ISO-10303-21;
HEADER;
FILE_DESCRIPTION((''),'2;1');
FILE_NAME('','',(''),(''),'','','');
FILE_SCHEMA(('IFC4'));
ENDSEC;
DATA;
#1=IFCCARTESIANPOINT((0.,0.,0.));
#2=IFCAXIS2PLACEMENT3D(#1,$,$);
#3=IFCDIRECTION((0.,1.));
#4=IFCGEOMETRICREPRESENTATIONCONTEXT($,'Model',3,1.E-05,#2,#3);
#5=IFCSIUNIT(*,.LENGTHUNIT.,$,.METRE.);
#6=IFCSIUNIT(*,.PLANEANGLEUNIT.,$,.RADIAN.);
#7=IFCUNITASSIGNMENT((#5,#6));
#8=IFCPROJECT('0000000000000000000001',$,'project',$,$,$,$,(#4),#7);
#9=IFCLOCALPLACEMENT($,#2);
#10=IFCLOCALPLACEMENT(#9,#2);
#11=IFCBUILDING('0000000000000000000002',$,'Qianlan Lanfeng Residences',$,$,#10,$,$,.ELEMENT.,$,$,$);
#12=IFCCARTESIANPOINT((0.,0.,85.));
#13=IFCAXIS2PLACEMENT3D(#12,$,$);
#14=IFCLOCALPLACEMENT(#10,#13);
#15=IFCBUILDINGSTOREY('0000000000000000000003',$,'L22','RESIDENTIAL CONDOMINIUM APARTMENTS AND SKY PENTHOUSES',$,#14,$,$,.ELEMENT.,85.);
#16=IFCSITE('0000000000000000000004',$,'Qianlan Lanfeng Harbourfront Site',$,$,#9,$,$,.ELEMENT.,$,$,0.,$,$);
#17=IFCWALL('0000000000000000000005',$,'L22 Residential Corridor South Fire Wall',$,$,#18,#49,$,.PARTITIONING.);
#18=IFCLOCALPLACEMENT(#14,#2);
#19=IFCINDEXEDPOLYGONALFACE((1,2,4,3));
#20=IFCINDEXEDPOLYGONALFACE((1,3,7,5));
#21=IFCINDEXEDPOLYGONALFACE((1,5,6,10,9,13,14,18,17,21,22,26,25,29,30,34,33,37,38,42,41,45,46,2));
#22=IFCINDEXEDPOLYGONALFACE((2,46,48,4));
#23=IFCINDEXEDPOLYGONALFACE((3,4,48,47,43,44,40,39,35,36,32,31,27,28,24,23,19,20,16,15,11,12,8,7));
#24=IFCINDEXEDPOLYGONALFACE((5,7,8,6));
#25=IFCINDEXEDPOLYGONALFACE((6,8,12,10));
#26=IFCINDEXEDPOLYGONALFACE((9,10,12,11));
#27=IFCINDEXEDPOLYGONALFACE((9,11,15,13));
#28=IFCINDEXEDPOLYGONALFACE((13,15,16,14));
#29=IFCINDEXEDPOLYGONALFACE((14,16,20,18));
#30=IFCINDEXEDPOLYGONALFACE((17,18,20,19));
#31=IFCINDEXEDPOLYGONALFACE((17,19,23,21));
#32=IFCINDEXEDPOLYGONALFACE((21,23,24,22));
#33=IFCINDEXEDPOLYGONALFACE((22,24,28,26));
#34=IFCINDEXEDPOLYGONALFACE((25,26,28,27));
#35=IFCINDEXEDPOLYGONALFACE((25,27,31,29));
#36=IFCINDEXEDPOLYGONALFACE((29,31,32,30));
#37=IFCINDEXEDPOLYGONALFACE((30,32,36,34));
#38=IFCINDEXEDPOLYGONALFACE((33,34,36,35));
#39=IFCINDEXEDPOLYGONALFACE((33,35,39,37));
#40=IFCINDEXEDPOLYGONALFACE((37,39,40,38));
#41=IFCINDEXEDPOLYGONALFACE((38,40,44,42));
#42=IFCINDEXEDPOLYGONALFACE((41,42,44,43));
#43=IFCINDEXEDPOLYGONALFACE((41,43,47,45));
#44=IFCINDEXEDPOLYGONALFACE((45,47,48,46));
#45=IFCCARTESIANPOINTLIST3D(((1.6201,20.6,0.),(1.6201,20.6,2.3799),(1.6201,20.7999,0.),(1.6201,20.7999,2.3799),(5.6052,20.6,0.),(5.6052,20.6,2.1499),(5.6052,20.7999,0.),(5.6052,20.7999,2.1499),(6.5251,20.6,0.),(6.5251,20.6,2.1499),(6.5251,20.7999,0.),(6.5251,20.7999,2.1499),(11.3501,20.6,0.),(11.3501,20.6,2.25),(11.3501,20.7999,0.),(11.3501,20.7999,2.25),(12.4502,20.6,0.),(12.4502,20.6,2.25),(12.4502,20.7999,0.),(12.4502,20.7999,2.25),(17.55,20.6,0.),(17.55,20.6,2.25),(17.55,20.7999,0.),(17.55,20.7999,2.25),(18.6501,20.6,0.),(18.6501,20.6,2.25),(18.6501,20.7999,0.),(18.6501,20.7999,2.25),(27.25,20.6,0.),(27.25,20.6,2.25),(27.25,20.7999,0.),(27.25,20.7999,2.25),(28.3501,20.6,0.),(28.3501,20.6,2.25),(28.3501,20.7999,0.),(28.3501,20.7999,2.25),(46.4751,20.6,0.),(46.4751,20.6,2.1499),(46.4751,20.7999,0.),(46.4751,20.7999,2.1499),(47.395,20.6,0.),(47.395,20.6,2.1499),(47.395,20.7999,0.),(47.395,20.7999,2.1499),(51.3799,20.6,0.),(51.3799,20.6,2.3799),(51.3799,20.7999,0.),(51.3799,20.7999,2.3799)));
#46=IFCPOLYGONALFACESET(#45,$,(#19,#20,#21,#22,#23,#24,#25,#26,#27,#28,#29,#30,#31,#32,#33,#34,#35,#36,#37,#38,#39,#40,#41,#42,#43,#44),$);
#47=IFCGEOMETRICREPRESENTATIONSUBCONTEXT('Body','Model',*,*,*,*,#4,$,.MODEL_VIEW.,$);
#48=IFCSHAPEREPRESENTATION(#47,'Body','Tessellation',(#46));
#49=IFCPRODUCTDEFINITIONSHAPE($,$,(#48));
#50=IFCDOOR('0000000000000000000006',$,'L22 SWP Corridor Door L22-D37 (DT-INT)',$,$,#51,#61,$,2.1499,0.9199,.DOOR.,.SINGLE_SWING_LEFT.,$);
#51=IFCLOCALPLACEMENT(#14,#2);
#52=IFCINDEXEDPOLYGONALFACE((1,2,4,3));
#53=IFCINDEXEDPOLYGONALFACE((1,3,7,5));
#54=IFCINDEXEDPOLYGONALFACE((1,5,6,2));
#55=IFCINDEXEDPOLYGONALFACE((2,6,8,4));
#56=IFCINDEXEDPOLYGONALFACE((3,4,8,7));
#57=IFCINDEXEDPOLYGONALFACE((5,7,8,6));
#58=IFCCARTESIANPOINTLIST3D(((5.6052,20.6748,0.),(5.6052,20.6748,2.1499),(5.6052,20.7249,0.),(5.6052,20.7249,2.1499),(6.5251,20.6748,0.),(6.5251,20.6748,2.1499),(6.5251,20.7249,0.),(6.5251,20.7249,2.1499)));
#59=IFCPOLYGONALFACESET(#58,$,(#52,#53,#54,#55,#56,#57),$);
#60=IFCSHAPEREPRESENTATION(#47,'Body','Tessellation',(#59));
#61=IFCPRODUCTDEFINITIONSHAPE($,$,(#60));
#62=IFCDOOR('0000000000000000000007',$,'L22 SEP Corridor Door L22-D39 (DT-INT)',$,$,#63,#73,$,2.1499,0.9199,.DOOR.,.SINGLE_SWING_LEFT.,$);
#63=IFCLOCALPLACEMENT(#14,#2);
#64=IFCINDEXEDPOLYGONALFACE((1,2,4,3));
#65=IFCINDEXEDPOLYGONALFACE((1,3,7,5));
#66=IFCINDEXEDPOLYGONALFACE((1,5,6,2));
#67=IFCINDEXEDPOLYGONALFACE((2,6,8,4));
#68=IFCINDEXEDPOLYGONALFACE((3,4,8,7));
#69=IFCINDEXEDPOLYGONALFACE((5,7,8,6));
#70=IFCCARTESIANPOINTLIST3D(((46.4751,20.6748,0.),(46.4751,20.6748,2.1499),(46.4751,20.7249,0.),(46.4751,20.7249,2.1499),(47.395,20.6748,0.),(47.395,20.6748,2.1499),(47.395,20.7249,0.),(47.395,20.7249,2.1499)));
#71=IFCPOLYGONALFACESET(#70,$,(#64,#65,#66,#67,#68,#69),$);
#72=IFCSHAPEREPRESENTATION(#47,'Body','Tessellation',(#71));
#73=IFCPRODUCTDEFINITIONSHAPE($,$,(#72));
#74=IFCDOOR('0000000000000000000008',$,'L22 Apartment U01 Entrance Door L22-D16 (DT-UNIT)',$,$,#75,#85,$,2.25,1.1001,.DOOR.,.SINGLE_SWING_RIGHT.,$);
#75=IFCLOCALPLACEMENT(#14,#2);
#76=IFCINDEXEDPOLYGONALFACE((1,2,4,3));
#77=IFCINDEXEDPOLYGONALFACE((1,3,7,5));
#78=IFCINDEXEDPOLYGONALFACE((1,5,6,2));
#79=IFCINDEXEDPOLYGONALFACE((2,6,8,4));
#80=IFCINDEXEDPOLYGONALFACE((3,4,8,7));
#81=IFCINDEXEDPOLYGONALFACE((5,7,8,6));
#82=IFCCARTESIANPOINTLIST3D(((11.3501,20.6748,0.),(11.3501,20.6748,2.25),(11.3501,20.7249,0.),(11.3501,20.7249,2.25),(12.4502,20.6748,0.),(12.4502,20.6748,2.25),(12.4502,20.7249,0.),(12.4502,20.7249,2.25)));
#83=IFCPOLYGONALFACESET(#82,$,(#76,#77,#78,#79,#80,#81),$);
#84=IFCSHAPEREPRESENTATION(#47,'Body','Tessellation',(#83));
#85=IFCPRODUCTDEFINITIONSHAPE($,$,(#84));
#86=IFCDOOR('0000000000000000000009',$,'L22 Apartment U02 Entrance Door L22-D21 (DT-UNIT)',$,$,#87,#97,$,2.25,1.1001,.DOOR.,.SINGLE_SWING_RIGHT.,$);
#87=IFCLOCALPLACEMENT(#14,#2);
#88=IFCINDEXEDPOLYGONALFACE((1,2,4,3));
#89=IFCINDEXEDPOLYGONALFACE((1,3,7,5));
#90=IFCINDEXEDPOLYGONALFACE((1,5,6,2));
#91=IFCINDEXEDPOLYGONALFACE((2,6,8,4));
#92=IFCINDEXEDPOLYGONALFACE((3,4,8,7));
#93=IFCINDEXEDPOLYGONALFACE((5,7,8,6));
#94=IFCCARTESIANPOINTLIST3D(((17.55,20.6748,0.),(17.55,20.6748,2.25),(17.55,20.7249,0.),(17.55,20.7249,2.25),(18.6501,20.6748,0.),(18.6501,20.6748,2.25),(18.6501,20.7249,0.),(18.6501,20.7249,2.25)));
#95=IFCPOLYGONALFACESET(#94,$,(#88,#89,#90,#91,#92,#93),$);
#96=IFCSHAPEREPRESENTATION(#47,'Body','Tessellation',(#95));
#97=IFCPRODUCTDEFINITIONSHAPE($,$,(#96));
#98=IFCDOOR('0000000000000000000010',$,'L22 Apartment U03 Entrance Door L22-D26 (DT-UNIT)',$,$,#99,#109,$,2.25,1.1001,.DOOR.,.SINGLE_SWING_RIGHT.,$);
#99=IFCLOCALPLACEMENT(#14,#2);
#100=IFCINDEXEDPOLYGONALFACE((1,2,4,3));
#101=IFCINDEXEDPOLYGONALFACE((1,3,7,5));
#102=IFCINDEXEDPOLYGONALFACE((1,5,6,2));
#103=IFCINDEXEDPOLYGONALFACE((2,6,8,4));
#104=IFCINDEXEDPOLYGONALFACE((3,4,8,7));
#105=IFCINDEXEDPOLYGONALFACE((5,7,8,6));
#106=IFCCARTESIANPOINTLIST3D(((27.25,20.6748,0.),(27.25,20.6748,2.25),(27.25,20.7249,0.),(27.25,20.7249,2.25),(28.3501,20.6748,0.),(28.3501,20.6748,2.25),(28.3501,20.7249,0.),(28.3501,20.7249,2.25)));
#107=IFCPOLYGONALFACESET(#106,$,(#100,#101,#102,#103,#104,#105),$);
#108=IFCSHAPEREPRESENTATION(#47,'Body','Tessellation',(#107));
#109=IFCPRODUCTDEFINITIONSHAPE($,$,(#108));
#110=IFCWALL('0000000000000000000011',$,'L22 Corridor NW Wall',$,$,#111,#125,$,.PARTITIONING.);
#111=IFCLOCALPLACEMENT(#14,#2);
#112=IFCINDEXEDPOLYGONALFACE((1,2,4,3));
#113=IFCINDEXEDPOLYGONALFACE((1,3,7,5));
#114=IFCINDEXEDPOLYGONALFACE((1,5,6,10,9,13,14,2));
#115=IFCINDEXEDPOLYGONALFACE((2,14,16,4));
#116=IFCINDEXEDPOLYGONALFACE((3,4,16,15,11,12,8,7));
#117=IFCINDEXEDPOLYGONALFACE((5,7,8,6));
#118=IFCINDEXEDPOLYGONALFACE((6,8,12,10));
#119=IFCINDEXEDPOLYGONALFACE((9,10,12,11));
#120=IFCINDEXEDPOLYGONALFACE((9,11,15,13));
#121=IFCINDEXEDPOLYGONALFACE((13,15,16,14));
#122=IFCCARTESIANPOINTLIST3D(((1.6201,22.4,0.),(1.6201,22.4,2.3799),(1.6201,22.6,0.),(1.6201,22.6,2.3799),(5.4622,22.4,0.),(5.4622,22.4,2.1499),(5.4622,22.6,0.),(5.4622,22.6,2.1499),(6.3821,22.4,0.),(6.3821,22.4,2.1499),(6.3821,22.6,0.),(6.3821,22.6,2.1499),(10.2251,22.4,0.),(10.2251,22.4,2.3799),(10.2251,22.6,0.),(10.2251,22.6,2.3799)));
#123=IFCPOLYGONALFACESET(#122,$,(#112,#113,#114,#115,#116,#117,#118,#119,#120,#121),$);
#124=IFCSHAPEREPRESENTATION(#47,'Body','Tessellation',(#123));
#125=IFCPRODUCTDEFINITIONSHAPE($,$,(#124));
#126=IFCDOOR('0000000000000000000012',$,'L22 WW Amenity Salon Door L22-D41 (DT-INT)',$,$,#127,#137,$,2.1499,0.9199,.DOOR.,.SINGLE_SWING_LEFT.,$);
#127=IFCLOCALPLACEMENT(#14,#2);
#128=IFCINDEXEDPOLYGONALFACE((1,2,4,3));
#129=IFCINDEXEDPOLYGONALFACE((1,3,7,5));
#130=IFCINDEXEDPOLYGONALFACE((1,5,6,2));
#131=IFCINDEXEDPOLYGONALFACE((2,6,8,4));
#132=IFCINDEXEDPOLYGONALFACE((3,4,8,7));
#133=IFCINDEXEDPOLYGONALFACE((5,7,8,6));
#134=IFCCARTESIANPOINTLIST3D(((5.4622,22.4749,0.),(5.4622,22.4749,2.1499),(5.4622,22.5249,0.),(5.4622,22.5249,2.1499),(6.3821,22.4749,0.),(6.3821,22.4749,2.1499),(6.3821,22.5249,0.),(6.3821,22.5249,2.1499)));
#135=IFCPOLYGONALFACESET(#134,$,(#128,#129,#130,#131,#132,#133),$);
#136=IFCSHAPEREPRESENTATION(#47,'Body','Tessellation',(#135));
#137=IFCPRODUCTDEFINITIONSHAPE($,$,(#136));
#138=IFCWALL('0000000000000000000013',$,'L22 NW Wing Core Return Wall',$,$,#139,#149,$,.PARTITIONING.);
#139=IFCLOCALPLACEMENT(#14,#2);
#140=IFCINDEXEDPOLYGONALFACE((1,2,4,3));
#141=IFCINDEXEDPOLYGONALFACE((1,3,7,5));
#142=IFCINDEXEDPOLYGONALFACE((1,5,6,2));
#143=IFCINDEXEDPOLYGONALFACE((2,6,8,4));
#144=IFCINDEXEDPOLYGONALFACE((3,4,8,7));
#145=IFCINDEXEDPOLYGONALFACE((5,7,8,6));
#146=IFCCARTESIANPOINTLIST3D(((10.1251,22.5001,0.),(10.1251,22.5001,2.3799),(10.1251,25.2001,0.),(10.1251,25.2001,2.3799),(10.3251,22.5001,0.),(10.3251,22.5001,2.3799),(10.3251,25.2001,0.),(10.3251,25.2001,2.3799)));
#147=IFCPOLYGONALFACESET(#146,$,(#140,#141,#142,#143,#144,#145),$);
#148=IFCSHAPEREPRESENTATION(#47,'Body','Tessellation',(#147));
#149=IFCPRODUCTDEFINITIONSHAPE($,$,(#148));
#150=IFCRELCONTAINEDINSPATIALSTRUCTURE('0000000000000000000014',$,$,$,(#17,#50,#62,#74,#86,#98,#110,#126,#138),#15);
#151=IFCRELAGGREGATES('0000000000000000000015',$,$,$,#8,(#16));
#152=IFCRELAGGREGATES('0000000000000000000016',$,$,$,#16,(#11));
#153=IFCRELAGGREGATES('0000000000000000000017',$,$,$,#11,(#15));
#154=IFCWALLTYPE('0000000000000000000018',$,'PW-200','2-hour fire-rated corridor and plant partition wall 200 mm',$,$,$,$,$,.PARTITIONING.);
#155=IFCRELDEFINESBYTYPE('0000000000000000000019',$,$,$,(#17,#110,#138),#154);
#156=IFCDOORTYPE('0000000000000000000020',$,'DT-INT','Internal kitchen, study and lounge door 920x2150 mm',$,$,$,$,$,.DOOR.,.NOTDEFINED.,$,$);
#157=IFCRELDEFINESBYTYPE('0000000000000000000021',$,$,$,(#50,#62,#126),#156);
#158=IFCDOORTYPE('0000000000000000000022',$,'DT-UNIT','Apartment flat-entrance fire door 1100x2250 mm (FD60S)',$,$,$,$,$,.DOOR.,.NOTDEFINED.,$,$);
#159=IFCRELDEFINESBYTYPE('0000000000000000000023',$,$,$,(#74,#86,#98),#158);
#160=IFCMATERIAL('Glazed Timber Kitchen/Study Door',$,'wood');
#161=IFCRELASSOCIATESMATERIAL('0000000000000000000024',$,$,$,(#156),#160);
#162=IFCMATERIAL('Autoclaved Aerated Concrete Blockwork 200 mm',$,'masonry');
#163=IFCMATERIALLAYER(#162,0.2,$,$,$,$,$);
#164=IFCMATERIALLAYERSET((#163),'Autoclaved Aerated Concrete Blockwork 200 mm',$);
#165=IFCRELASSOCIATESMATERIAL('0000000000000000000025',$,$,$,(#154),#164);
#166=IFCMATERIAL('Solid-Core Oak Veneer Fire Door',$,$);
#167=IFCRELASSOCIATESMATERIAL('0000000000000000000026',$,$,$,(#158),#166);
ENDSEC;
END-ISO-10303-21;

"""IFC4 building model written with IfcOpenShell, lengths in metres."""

from ifc_helpers import new_model, si_unit, direction, frame, frame_2d, origin, place, context, subcontext, project, spatial, rectangle, extrude, material, layer, layer_set, type_object, element, fill, save


model = new_model("IFC4")

# Units and contexts
model_context = context("Model", 3, precision=1e-05, world=origin(), true_north=direction((0.0, 1.0)))
body_context = subcontext(model_context, "Body", "Model", "MODEL_VIEW")
ifc_project = project(units=[si_unit("LENGTHUNIT", "METRE"), si_unit("PLANEANGLEUNIT", "RADIAN")], contexts=[model_context])

# Site, building, storey
site_placement = place(None, origin())
site = spatial("IfcSite", under=ifc_project, at=site_placement, Name="Qianlan Lanfeng Harbourfront Site", CompositionType="ELEMENT", RefElevation=0.0)
building_placement = place(site_placement, origin())
building = spatial("IfcBuilding", under=site, at=building_placement, Name="Qianlan Lanfeng Residences", CompositionType="ELEMENT")
storey_placement = place(building_placement, frame((0.0, 0.0, 85.0)))
storey = spatial("IfcBuildingStorey", under=building, at=storey_placement, Name="L22", Description="RESIDENTIAL CONDOMINIUM APARTMENTS AND SKY PENTHOUSES", CompositionType="ELEMENT", Elevation=85.0)

# Shared definitions
ifc_material_1 = material(Name="Glazed Timber Kitchen/Study Door", Category="wood")
door_type_1 = type_object("IfcDoorType", Name="DT-INT", Description="Internal kitchen, study and lounge door 920x2150 mm", OperationType="NOTDEFINED", PredefinedType="DOOR", material=ifc_material_1)

# Wall, openings, doors
ifc_material_2 = material(Name="Autoclaved Aerated Concrete Blockwork 200 mm", Category="masonry")
ifc_layer_1 = layer(ifc_material_2, 0.2)
ifc_layer_set_1 = layer_set([ifc_layer_1], Name="Autoclaved Aerated Concrete Blockwork 200 mm")
wall_type_1 = type_object("IfcWallType", Name="PW-200", Description="2-hour fire-rated corridor and plant partition wall 200 mm", PredefinedType="PARTITIONING", material=ifc_layer_set_1)
wall_1_placement = place(storey_placement, frame((1.6201, 20.7, 0.0), z_axis=(0.0, 0.0, 1.0), x_axis=(1.0, 0.0, 0.0)))
wall_1 = element("IfcWall", 1, at=wall_1_placement, inside=storey, type_object=wall_type_1, Name="L22 Residential Corridor South Fire Wall", PredefinedType="PARTITIONING", context=body_context, shape_type="SweptSolid", body=[
    extrude(rectangle(XDim=49.7598, YDim=0.2, at=frame_2d((24.8799, 0.0))), origin(), (0.0, 0.0, 1.0), 2.3799),
])
opening_1_placement = place(wall_1_placement, frame((9.73, 0.0, 0.0)))
opening_1 = element("IfcOpeningElement", 2, at=opening_1_placement, cuts=wall_1, PredefinedType="OPENING", context=body_context, shape_type="SweptSolid", body=[
    extrude(rectangle(XDim=1.1001, YDim=2.25, at=frame_2d((0.55, 1.125))), frame((0.0, 0.1099, 0.0), z_axis=(0.0, -1.0, 0.0), x_axis=(1.0, 0.0, 0.0)), (0.0, 0.0, 1.0), 0.22),
])
opening_2_placement = place(wall_1_placement, frame((15.9299, 0.0, 0.0)))
opening_2 = element("IfcOpeningElement", 3, at=opening_2_placement, cuts=wall_1, PredefinedType="OPENING", context=body_context, shape_type="SweptSolid", body=[
    extrude(rectangle(XDim=1.1001, YDim=2.25, at=frame_2d((0.55, 1.125))), frame((0.0, 0.1099, 0.0), z_axis=(0.0, -1.0, 0.0), x_axis=(1.0, 0.0, 0.0)), (0.0, 0.0, 1.0), 0.22),
])
opening_3_placement = place(wall_1_placement, frame((25.6299, 0.0, 0.0)))
opening_3 = element("IfcOpeningElement", 4, at=opening_3_placement, cuts=wall_1, PredefinedType="OPENING", context=body_context, shape_type="SweptSolid", body=[
    extrude(rectangle(XDim=1.1001, YDim=2.25, at=frame_2d((0.55, 1.125))), frame((0.0, 0.1099, 0.0), z_axis=(0.0, -1.0, 0.0), x_axis=(1.0, 0.0, 0.0)), (0.0, 0.0, 1.0), 0.22),
])
opening_4_placement = place(wall_1_placement, frame((3.9851, 0.0, 0.0)))
opening_4 = element("IfcOpeningElement", 5, at=opening_4_placement, cuts=wall_1, PredefinedType="OPENING", context=body_context, shape_type="SweptSolid", body=[
    extrude(rectangle(XDim=0.9199, YDim=2.1499, at=frame_2d((0.46, 1.075))), frame((0.0, 0.1099, 0.0), z_axis=(0.0, -1.0, 0.0), x_axis=(1.0, 0.0, 0.0)), (0.0, 0.0, 1.0), 0.22),
])
opening_5_placement = place(wall_1_placement, frame((44.855, 0.0, 0.0)))
opening_5 = element("IfcOpeningElement", 6, at=opening_5_placement, cuts=wall_1, PredefinedType="OPENING", context=body_context, shape_type="SweptSolid", body=[
    extrude(rectangle(XDim=0.9199, YDim=2.1499, at=frame_2d((0.46, 1.075))), frame((0.0, 0.1099, 0.0), z_axis=(0.0, -1.0, 0.0), x_axis=(1.0, 0.0, 0.0)), (0.0, 0.0, 1.0), 0.22),
])
door_1_placement = place(opening_4_placement, origin())
door_1 = element("IfcDoor", 7, at=door_1_placement, inside=storey, type_object=door_type_1, Name="L22 SWP Corridor Door L22-D37 (DT-INT)", OperationType="SINGLE_SWING_LEFT", OverallHeight=2.1499, OverallWidth=0.9199, PredefinedType="DOOR", context=body_context, shape_type="SweptSolid", body=[
    extrude(rectangle(XDim=0.9199, YDim=2.1499, at=frame_2d((0.46, 1.075))), frame((0.0, 0.0249, 0.0), z_axis=(0.0, -1.0, 0.0), x_axis=(1.0, 0.0, 0.0)), (0.0, 0.0, 1.0), 0.05),
])
fill(opening_4, door_1)
door_2_placement = place(opening_5_placement, origin())
door_2 = element("IfcDoor", 8, at=door_2_placement, inside=storey, type_object=door_type_1, Name="L22 SEP Corridor Door L22-D39 (DT-INT)", OperationType="SINGLE_SWING_LEFT", OverallHeight=2.1499, OverallWidth=0.9199, PredefinedType="DOOR", context=body_context, shape_type="SweptSolid", body=[
    extrude(rectangle(XDim=0.9199, YDim=2.1499, at=frame_2d((0.46, 1.075))), frame((0.0, 0.0249, 0.0), z_axis=(0.0, -1.0, 0.0), x_axis=(1.0, 0.0, 0.0)), (0.0, 0.0, 1.0), 0.05),
])
fill(opening_5, door_2)
ifc_material_3 = material(Name="Solid-Core Oak Veneer Fire Door")
door_type_2 = type_object("IfcDoorType", Name="DT-UNIT", Description="Apartment flat-entrance fire door 1100x2250 mm (FD60S)", OperationType="NOTDEFINED", PredefinedType="DOOR", material=ifc_material_3)
door_3_placement = place(opening_1_placement, origin())
door_3 = element("IfcDoor", 9, at=door_3_placement, inside=storey, type_object=door_type_2, Name="L22 Apartment U01 Entrance Door L22-D16 (DT-UNIT)", OperationType="SINGLE_SWING_RIGHT", OverallHeight=2.25, OverallWidth=1.1001, PredefinedType="DOOR", context=body_context, shape_type="SweptSolid", body=[
    extrude(rectangle(XDim=1.1001, YDim=2.25, at=frame_2d((0.55, 1.125))), frame((0.0, 0.0249, 0.0), z_axis=(0.0, -1.0, 0.0), x_axis=(1.0, 0.0, 0.0)), (0.0, 0.0, 1.0), 0.05),
])
fill(opening_1, door_3)
door_4_placement = place(opening_2_placement, origin())
door_4 = element("IfcDoor", 10, at=door_4_placement, inside=storey, type_object=door_type_2, Name="L22 Apartment U02 Entrance Door L22-D21 (DT-UNIT)", OperationType="SINGLE_SWING_RIGHT", OverallHeight=2.25, OverallWidth=1.1001, PredefinedType="DOOR", context=body_context, shape_type="SweptSolid", body=[
    extrude(rectangle(XDim=1.1001, YDim=2.25, at=frame_2d((0.55, 1.125))), frame((0.0, 0.0249, 0.0), z_axis=(0.0, -1.0, 0.0), x_axis=(1.0, 0.0, 0.0)), (0.0, 0.0, 1.0), 0.05),
])
fill(opening_2, door_4)
door_5_placement = place(opening_3_placement, origin())
door_5 = element("IfcDoor", 11, at=door_5_placement, inside=storey, type_object=door_type_2, Name="L22 Apartment U03 Entrance Door L22-D26 (DT-UNIT)", OperationType="SINGLE_SWING_RIGHT", OverallHeight=2.25, OverallWidth=1.1001, PredefinedType="DOOR", context=body_context, shape_type="SweptSolid", body=[
    extrude(rectangle(XDim=1.1001, YDim=2.25, at=frame_2d((0.55, 1.125))), frame((0.0, 0.0249, 0.0), z_axis=(0.0, -1.0, 0.0), x_axis=(1.0, 0.0, 0.0)), (0.0, 0.0, 1.0), 0.05),
])
fill(opening_3, door_5)

# Wall, opening, door
wall_2_placement = place(storey_placement, frame((1.6201, 22.5, 0.0), z_axis=(0.0, 0.0, 1.0), x_axis=(1.0, 0.0, 0.0)))
wall_2 = element("IfcWall", 12, at=wall_2_placement, inside=storey, type_object=wall_type_1, Name="L22 Corridor NW Wall", PredefinedType="PARTITIONING", context=body_context, shape_type="SweptSolid", body=[
    extrude(rectangle(XDim=8.605, YDim=0.2, at=frame_2d((4.3025, 0.0))), origin(), (0.0, 0.0, 1.0), 2.3799),
])
opening_6_placement = place(wall_2_placement, frame((3.842, 0.0, 0.0)))
opening_6 = element("IfcOpeningElement", 13, at=opening_6_placement, cuts=wall_2, PredefinedType="OPENING", context=body_context, shape_type="SweptSolid", body=[
    extrude(rectangle(XDim=0.9199, YDim=2.1499, at=frame_2d((0.46, 1.075))), frame((0.0, 0.1099, 0.0), z_axis=(0.0, -1.0, 0.0), x_axis=(1.0, 0.0, 0.0)), (0.0, 0.0, 1.0), 0.22),
])
door_6_placement = place(opening_6_placement, origin())
door_6 = element("IfcDoor", 14, at=door_6_placement, inside=storey, type_object=door_type_1, Name="L22 WW Amenity Salon Door L22-D41 (DT-INT)", OperationType="SINGLE_SWING_LEFT", OverallHeight=2.1499, OverallWidth=0.9199, PredefinedType="DOOR", context=body_context, shape_type="SweptSolid", body=[
    extrude(rectangle(XDim=0.9199, YDim=2.1499, at=frame_2d((0.46, 1.075))), frame((0.0, 0.0249, 0.0), z_axis=(0.0, -1.0, 0.0), x_axis=(1.0, 0.0, 0.0)), (0.0, 0.0, 1.0), 0.05),
])
fill(opening_6, door_6)

# Wall
wall_3_placement = place(storey_placement, frame((10.2251, 22.5, 0.0), z_axis=(0.0, 0.0, 1.0), x_axis=(0.0, 1.0, 0.0)))
element("IfcWall", 15, at=wall_3_placement, inside=storey, type_object=wall_type_1, Name="L22 NW Wing Core Return Wall", PredefinedType="PARTITIONING", context=body_context, shape_type="SweptSolid", body=[
    extrude(rectangle(XDim=2.7, YDim=0.2, at=frame_2d((1.3501, 0.0))), origin(), (0.0, 0.0, 1.0), 2.3799),
])

save(model, "model.ifc")
